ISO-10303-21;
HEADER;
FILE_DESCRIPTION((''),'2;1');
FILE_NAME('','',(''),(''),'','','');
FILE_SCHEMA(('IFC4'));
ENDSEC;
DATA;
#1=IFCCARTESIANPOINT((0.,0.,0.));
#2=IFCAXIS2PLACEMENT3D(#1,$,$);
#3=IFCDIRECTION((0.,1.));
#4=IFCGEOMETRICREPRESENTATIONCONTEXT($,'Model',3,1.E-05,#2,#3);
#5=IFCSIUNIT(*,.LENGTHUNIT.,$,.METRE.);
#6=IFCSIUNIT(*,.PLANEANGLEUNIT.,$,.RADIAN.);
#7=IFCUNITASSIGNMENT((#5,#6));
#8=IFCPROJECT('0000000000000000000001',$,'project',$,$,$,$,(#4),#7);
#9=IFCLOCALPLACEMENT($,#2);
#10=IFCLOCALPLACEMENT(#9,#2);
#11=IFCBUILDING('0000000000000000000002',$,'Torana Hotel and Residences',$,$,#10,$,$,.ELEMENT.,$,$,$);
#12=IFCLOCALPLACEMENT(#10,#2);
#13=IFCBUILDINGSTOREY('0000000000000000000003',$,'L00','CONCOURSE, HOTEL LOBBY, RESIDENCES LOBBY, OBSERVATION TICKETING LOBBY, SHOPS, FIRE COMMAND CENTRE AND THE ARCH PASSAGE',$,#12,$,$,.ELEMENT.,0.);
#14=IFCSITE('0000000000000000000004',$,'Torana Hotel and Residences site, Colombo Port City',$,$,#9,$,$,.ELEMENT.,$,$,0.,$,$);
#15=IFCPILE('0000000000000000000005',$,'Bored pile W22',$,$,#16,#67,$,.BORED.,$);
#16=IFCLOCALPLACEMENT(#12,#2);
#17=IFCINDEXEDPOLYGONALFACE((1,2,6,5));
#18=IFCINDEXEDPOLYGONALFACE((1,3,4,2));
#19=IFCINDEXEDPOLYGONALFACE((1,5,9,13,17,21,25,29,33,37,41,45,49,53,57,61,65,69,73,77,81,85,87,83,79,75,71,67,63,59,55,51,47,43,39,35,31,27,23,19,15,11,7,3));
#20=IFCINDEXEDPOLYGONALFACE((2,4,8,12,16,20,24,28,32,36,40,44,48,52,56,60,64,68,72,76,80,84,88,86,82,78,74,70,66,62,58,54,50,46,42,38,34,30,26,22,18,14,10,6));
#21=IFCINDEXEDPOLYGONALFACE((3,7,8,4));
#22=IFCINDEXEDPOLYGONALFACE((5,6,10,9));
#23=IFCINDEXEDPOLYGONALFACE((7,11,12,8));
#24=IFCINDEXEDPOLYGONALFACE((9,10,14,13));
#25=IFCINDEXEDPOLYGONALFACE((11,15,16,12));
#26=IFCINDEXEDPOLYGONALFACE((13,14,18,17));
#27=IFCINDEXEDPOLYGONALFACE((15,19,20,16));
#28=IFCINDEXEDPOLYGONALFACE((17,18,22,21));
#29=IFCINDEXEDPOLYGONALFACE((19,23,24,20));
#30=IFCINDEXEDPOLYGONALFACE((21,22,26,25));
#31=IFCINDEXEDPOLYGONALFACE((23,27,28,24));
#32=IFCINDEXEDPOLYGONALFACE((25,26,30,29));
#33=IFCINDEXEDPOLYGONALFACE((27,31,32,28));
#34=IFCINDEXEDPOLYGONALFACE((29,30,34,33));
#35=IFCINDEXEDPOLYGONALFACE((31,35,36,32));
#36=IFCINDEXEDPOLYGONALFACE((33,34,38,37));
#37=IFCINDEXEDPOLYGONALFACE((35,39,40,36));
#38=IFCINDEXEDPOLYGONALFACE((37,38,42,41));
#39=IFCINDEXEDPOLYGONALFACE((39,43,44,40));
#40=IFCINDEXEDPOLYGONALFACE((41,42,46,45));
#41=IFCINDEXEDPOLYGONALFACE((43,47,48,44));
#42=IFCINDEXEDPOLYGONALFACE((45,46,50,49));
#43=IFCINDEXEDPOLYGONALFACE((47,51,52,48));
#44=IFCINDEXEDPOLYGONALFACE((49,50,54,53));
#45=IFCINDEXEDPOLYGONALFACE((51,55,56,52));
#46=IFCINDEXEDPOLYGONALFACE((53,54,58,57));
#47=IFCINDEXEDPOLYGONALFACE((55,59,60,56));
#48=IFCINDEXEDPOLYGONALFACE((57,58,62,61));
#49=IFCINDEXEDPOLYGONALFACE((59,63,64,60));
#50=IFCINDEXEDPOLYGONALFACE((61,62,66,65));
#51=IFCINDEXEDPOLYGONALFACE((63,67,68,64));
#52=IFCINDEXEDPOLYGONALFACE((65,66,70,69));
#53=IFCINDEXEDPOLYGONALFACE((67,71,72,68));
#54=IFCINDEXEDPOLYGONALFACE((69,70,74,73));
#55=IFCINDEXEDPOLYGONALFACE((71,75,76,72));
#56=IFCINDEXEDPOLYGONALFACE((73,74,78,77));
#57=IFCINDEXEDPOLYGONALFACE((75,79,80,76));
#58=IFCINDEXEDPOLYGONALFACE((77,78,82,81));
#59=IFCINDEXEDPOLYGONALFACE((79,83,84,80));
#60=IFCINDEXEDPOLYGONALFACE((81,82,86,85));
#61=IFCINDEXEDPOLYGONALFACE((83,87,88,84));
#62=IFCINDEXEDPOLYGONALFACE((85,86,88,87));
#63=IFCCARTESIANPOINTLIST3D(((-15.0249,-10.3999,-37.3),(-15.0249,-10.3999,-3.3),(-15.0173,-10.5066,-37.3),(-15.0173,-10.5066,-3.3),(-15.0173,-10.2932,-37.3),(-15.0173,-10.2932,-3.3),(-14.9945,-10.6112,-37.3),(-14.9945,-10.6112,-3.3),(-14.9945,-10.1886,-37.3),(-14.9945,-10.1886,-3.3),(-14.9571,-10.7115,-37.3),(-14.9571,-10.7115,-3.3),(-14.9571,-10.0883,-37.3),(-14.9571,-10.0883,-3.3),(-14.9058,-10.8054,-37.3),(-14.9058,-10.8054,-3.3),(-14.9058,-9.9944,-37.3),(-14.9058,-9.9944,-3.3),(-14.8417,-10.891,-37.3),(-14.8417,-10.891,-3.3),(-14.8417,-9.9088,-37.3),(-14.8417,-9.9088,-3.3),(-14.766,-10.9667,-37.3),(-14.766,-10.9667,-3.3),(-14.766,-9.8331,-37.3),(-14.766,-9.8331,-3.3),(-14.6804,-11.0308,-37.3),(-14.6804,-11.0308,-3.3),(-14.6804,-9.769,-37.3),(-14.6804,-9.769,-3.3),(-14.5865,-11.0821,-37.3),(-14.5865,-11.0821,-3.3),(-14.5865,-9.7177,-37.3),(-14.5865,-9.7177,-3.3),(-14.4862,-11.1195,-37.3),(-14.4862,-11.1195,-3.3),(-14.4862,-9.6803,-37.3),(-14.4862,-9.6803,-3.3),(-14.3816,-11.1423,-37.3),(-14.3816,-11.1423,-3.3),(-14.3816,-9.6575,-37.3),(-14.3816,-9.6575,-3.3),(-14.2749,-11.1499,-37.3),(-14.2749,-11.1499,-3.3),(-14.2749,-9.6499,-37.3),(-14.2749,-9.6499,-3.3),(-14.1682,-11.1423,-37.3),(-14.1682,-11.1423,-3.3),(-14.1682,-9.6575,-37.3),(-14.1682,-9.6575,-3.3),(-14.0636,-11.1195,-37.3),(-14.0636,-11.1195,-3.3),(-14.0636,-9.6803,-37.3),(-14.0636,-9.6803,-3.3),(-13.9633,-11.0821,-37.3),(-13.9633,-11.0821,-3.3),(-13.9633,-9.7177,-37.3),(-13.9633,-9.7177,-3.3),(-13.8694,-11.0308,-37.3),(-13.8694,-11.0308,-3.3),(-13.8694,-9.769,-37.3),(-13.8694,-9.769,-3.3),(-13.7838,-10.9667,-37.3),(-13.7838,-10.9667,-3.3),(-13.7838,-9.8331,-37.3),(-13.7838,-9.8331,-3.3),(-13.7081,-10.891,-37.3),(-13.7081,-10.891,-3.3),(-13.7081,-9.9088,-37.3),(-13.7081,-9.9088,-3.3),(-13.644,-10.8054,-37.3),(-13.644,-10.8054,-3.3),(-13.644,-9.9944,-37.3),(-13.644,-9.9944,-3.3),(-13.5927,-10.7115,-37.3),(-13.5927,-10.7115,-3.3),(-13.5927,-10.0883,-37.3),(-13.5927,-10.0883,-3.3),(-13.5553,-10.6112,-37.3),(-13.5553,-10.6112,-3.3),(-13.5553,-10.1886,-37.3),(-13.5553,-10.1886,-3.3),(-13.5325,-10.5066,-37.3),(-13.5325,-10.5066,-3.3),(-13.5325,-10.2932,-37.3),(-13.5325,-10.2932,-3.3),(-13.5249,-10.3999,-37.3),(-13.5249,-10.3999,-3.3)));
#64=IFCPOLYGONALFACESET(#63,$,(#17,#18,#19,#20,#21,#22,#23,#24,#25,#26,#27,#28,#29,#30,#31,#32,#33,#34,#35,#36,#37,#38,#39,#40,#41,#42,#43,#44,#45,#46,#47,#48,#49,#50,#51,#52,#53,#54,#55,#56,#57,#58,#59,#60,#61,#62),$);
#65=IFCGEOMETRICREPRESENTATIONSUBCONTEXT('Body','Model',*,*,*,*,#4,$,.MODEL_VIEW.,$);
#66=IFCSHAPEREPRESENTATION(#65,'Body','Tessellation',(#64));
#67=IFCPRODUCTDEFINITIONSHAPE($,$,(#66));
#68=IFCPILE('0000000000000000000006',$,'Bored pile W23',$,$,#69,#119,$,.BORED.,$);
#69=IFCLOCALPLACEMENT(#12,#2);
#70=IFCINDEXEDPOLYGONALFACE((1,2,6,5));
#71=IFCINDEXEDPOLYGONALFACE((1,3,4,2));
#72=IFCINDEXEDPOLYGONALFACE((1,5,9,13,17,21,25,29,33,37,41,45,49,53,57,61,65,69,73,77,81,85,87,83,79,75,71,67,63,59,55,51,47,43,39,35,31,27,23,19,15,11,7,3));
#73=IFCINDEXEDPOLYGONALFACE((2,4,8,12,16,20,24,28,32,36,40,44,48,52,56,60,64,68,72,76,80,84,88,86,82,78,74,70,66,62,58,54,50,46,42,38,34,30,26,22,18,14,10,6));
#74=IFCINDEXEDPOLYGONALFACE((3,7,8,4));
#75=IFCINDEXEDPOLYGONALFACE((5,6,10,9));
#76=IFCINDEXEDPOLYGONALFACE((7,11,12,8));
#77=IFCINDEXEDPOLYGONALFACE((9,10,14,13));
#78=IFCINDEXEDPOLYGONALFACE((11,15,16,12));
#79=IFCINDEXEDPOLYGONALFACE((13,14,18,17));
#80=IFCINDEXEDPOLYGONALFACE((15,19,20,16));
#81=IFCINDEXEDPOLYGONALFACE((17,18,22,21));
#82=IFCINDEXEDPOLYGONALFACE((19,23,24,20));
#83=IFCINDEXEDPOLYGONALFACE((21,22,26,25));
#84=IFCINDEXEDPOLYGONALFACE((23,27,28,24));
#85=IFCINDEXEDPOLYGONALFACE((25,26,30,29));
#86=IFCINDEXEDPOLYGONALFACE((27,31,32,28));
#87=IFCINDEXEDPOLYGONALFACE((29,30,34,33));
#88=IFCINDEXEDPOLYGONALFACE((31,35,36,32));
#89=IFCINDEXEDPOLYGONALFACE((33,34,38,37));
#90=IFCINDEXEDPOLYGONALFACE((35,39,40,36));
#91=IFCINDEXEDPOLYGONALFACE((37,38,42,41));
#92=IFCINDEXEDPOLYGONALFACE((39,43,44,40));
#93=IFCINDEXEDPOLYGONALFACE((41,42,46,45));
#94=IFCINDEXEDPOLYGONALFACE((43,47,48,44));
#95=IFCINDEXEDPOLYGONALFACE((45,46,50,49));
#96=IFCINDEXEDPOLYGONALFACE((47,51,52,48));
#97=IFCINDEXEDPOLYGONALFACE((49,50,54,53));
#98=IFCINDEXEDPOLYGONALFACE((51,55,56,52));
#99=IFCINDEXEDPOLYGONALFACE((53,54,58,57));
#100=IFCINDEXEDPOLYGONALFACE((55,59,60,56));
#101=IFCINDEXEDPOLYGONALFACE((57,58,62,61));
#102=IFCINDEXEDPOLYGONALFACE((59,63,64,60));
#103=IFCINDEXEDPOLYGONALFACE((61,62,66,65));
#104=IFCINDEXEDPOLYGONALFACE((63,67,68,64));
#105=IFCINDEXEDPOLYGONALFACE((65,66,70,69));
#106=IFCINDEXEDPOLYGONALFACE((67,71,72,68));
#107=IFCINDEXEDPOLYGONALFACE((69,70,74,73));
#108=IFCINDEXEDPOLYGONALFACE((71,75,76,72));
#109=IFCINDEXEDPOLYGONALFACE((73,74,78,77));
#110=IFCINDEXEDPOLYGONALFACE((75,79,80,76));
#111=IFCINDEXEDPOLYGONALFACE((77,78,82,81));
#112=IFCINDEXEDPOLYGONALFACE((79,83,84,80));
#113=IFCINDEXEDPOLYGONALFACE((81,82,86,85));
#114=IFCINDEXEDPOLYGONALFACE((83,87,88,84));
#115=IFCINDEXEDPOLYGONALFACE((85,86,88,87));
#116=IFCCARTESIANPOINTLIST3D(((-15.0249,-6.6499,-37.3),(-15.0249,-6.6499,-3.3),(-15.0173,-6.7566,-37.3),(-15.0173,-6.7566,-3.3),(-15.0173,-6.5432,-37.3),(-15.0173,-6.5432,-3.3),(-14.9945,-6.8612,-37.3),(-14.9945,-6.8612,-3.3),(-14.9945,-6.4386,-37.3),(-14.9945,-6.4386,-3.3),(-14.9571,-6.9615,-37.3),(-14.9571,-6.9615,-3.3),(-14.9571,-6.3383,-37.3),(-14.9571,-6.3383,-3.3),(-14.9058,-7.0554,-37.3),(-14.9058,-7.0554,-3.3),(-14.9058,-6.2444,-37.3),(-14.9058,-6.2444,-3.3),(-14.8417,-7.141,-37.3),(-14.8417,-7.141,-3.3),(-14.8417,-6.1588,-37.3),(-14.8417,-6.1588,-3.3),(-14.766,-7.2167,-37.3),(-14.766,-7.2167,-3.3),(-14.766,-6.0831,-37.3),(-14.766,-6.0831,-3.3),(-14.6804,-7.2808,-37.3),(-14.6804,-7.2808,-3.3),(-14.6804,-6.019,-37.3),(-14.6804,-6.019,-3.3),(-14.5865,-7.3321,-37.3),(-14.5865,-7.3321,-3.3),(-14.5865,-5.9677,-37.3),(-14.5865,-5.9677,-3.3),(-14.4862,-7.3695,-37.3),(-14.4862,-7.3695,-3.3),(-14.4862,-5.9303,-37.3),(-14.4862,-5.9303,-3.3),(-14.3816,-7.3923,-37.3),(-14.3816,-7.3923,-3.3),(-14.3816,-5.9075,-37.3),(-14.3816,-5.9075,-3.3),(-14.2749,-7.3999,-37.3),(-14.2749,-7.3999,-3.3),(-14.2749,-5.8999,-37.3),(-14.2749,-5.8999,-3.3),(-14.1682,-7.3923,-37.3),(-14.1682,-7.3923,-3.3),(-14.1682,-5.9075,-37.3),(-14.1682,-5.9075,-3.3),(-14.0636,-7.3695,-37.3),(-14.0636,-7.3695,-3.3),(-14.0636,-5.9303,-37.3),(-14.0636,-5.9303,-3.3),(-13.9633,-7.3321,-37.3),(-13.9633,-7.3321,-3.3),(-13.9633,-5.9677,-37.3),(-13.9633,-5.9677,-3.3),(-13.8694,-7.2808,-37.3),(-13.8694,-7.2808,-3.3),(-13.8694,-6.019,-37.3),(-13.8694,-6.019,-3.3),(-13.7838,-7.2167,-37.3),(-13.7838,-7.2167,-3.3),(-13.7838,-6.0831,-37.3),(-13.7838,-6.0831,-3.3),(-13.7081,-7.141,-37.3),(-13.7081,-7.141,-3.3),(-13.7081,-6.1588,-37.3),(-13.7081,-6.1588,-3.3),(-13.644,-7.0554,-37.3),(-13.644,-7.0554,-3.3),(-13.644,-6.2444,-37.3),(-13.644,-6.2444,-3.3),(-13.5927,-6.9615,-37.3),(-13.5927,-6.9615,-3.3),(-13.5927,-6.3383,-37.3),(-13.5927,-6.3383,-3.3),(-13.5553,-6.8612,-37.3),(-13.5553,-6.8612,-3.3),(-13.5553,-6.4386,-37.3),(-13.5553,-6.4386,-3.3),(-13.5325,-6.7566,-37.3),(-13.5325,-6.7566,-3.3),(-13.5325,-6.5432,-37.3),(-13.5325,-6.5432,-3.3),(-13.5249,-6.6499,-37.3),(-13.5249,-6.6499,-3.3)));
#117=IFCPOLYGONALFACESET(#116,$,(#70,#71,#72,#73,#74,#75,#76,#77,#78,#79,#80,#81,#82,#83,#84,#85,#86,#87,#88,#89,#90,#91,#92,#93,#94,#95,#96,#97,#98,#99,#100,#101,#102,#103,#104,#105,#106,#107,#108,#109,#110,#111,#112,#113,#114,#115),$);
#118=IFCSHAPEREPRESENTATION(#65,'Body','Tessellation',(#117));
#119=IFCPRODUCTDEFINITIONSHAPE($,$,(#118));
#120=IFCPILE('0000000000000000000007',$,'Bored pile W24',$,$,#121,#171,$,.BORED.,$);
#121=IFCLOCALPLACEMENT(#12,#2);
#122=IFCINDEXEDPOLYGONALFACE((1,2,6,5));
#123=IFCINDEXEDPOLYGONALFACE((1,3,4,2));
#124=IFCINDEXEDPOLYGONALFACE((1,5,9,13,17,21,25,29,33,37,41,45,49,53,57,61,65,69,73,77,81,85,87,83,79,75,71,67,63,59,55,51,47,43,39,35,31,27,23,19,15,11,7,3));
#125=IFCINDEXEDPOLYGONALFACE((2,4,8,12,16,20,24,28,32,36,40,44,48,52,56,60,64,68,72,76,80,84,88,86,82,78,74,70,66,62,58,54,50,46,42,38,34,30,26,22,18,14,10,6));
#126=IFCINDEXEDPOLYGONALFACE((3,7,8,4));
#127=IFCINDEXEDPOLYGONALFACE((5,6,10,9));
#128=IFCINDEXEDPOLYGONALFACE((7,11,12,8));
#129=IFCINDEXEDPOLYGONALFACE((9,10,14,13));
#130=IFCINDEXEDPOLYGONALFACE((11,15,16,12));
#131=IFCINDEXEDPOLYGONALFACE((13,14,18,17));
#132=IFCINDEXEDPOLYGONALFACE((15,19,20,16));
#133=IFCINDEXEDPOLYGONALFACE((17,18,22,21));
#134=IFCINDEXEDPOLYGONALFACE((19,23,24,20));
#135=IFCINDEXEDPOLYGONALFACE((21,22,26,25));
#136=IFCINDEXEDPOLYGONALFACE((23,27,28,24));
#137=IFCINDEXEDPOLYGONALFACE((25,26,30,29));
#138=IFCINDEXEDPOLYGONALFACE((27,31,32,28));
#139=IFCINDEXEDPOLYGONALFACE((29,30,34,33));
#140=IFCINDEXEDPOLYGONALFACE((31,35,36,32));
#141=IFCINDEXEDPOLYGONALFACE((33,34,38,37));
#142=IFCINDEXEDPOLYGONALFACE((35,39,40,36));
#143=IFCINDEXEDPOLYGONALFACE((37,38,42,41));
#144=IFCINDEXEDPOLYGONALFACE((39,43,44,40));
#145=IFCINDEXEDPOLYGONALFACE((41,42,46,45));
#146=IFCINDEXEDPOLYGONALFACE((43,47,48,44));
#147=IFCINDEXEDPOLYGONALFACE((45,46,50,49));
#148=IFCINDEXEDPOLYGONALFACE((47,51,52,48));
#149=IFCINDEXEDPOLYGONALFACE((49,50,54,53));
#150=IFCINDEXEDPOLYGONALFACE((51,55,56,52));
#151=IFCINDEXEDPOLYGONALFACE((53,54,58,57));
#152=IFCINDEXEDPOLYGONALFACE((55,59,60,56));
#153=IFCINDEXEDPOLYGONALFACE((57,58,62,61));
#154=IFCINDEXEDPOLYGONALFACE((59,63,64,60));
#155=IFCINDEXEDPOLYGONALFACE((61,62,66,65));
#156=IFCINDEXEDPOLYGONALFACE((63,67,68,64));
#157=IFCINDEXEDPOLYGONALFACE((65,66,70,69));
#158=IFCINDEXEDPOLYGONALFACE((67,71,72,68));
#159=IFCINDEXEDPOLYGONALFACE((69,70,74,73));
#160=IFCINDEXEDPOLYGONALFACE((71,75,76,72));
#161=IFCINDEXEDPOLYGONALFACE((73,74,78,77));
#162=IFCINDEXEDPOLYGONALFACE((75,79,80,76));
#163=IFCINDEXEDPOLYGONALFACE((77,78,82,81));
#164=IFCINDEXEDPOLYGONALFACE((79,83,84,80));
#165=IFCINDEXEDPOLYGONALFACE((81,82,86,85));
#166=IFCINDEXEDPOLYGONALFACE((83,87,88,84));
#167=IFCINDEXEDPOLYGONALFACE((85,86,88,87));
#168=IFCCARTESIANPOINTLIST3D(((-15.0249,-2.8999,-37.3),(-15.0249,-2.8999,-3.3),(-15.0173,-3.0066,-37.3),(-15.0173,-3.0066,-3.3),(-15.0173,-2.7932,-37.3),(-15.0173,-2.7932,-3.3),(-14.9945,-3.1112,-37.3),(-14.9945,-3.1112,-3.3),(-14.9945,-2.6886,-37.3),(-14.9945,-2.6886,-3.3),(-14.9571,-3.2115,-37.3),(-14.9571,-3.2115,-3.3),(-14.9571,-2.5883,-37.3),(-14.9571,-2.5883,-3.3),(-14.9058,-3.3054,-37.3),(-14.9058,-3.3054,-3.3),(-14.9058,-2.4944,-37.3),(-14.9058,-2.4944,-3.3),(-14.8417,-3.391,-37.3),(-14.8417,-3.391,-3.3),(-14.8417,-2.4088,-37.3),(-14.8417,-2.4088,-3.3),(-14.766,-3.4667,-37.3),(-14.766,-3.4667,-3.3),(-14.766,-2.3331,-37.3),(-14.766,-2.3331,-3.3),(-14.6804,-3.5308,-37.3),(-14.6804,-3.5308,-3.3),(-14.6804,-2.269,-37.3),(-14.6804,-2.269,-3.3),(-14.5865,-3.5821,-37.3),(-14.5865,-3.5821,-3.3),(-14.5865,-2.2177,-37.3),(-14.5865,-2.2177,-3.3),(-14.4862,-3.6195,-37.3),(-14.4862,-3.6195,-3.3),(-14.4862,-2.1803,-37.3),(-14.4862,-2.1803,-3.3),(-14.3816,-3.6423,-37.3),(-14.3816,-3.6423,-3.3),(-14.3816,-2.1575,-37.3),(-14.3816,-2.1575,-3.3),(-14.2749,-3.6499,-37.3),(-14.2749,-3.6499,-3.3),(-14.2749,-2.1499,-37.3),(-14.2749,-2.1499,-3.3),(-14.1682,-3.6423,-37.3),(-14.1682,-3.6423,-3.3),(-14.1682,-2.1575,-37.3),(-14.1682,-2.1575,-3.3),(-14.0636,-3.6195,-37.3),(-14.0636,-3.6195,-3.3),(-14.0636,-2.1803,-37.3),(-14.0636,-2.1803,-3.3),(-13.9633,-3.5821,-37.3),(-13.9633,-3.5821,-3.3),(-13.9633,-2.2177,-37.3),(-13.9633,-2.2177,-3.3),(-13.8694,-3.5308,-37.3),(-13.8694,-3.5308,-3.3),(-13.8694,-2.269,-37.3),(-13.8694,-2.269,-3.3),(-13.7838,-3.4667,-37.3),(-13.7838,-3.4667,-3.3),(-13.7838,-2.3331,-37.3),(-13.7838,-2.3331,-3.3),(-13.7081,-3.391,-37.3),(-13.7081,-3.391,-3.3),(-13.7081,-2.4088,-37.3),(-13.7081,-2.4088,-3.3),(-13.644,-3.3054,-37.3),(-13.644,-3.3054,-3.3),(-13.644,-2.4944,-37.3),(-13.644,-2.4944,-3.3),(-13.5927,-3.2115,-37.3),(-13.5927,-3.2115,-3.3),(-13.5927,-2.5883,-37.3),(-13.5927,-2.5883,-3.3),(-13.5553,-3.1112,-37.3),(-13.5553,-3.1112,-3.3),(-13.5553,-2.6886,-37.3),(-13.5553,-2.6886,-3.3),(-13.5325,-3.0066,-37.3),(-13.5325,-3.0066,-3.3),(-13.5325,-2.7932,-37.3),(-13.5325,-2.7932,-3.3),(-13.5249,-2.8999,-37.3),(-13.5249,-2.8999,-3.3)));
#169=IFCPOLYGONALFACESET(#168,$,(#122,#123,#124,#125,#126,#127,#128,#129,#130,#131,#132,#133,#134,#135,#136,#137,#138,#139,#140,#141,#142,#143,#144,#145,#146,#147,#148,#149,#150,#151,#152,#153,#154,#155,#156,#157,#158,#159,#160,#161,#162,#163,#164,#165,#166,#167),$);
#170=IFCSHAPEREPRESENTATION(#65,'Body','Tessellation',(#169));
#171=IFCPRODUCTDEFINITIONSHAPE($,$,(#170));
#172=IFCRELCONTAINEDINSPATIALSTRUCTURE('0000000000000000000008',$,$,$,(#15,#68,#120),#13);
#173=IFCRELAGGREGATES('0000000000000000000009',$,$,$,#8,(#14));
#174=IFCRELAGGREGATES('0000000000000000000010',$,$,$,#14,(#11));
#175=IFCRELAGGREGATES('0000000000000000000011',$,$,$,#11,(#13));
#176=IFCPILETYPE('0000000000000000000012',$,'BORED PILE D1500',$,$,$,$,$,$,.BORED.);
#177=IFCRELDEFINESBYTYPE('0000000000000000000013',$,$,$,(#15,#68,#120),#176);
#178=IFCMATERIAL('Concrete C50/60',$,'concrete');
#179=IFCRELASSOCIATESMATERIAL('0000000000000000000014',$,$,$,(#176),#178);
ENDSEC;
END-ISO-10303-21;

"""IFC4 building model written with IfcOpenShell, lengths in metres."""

from ifc_helpers import new_model, si_unit, direction, frame, origin, origin_2d, place, context, subcontext, project, spatial, circle, extrude, material, type_object, element, save


model = new_model("IFC4")

# Units and contexts
model_context = context("Model", 3, precision=1e-05, world=origin(), true_north=direction((0.0, 1.0)))
body_context = subcontext(model_context, "Body", "Model", "MODEL_VIEW")
ifc_project = project(units=[si_unit("LENGTHUNIT", "METRE"), si_unit("PLANEANGLEUNIT", "RADIAN")], contexts=[model_context])

# Site, building, storey
site_placement = place(None, origin())
site = spatial("IfcSite", under=ifc_project, at=site_placement, Name="Torana Hotel and Residences site, Colombo Port City", CompositionType="ELEMENT", RefElevation=0.0)
building_placement = place(site_placement, origin())
building = spatial("IfcBuilding", under=site, at=building_placement, Name="Torana Hotel and Residences", CompositionType="ELEMENT")
storey_placement = place(building_placement, origin())
storey = spatial("IfcBuildingStorey", under=building, at=storey_placement, Name="L00", Description="CONCOURSE, HOTEL LOBBY, RESIDENCES LOBBY, OBSERVATION TICKETING LOBBY, SHOPS, FIRE COMMAND CENTRE AND THE ARCH PASSAGE", CompositionType="ELEMENT", Elevation=0.0)

# Piles
ifc_material_1 = material(Name="Concrete C50/60", Category="concrete")
pile_type = type_object("IfcPileType", Name="BORED PILE D1500", PredefinedType="BORED", material=ifc_material_1)
for number, where, z_axis, x_axis, name in (
    (1, (-14.2749, -10.3999, -3.3), (0.0, 0.0, -1.0), (1.0, 0.0, 0.0), "Bored pile W22"),
    (2, (-14.2749, -6.6499, -3.3), (0.0, 0.0, -1.0), (1.0, 0.0, 0.0), "Bored pile W23"),
    (3, (-14.2749, -2.8999, -3.3), (0.0, 0.0, -1.0), (1.0, 0.0, 0.0), "Bored pile W24"),
):
    element("IfcPile", number, at=place(storey_placement, frame(where, z_axis=z_axis, x_axis=x_axis)), inside=storey, type_object=pile_type, Name=name, PredefinedType="BORED", context=body_context, shape_type="SweptSolid", body=[
        extrude(circle(Radius=0.75, at=origin_2d()), origin(), (0.0, 0.0, 1.0), 34.0),
    ])

save(model, "model.ifc")
